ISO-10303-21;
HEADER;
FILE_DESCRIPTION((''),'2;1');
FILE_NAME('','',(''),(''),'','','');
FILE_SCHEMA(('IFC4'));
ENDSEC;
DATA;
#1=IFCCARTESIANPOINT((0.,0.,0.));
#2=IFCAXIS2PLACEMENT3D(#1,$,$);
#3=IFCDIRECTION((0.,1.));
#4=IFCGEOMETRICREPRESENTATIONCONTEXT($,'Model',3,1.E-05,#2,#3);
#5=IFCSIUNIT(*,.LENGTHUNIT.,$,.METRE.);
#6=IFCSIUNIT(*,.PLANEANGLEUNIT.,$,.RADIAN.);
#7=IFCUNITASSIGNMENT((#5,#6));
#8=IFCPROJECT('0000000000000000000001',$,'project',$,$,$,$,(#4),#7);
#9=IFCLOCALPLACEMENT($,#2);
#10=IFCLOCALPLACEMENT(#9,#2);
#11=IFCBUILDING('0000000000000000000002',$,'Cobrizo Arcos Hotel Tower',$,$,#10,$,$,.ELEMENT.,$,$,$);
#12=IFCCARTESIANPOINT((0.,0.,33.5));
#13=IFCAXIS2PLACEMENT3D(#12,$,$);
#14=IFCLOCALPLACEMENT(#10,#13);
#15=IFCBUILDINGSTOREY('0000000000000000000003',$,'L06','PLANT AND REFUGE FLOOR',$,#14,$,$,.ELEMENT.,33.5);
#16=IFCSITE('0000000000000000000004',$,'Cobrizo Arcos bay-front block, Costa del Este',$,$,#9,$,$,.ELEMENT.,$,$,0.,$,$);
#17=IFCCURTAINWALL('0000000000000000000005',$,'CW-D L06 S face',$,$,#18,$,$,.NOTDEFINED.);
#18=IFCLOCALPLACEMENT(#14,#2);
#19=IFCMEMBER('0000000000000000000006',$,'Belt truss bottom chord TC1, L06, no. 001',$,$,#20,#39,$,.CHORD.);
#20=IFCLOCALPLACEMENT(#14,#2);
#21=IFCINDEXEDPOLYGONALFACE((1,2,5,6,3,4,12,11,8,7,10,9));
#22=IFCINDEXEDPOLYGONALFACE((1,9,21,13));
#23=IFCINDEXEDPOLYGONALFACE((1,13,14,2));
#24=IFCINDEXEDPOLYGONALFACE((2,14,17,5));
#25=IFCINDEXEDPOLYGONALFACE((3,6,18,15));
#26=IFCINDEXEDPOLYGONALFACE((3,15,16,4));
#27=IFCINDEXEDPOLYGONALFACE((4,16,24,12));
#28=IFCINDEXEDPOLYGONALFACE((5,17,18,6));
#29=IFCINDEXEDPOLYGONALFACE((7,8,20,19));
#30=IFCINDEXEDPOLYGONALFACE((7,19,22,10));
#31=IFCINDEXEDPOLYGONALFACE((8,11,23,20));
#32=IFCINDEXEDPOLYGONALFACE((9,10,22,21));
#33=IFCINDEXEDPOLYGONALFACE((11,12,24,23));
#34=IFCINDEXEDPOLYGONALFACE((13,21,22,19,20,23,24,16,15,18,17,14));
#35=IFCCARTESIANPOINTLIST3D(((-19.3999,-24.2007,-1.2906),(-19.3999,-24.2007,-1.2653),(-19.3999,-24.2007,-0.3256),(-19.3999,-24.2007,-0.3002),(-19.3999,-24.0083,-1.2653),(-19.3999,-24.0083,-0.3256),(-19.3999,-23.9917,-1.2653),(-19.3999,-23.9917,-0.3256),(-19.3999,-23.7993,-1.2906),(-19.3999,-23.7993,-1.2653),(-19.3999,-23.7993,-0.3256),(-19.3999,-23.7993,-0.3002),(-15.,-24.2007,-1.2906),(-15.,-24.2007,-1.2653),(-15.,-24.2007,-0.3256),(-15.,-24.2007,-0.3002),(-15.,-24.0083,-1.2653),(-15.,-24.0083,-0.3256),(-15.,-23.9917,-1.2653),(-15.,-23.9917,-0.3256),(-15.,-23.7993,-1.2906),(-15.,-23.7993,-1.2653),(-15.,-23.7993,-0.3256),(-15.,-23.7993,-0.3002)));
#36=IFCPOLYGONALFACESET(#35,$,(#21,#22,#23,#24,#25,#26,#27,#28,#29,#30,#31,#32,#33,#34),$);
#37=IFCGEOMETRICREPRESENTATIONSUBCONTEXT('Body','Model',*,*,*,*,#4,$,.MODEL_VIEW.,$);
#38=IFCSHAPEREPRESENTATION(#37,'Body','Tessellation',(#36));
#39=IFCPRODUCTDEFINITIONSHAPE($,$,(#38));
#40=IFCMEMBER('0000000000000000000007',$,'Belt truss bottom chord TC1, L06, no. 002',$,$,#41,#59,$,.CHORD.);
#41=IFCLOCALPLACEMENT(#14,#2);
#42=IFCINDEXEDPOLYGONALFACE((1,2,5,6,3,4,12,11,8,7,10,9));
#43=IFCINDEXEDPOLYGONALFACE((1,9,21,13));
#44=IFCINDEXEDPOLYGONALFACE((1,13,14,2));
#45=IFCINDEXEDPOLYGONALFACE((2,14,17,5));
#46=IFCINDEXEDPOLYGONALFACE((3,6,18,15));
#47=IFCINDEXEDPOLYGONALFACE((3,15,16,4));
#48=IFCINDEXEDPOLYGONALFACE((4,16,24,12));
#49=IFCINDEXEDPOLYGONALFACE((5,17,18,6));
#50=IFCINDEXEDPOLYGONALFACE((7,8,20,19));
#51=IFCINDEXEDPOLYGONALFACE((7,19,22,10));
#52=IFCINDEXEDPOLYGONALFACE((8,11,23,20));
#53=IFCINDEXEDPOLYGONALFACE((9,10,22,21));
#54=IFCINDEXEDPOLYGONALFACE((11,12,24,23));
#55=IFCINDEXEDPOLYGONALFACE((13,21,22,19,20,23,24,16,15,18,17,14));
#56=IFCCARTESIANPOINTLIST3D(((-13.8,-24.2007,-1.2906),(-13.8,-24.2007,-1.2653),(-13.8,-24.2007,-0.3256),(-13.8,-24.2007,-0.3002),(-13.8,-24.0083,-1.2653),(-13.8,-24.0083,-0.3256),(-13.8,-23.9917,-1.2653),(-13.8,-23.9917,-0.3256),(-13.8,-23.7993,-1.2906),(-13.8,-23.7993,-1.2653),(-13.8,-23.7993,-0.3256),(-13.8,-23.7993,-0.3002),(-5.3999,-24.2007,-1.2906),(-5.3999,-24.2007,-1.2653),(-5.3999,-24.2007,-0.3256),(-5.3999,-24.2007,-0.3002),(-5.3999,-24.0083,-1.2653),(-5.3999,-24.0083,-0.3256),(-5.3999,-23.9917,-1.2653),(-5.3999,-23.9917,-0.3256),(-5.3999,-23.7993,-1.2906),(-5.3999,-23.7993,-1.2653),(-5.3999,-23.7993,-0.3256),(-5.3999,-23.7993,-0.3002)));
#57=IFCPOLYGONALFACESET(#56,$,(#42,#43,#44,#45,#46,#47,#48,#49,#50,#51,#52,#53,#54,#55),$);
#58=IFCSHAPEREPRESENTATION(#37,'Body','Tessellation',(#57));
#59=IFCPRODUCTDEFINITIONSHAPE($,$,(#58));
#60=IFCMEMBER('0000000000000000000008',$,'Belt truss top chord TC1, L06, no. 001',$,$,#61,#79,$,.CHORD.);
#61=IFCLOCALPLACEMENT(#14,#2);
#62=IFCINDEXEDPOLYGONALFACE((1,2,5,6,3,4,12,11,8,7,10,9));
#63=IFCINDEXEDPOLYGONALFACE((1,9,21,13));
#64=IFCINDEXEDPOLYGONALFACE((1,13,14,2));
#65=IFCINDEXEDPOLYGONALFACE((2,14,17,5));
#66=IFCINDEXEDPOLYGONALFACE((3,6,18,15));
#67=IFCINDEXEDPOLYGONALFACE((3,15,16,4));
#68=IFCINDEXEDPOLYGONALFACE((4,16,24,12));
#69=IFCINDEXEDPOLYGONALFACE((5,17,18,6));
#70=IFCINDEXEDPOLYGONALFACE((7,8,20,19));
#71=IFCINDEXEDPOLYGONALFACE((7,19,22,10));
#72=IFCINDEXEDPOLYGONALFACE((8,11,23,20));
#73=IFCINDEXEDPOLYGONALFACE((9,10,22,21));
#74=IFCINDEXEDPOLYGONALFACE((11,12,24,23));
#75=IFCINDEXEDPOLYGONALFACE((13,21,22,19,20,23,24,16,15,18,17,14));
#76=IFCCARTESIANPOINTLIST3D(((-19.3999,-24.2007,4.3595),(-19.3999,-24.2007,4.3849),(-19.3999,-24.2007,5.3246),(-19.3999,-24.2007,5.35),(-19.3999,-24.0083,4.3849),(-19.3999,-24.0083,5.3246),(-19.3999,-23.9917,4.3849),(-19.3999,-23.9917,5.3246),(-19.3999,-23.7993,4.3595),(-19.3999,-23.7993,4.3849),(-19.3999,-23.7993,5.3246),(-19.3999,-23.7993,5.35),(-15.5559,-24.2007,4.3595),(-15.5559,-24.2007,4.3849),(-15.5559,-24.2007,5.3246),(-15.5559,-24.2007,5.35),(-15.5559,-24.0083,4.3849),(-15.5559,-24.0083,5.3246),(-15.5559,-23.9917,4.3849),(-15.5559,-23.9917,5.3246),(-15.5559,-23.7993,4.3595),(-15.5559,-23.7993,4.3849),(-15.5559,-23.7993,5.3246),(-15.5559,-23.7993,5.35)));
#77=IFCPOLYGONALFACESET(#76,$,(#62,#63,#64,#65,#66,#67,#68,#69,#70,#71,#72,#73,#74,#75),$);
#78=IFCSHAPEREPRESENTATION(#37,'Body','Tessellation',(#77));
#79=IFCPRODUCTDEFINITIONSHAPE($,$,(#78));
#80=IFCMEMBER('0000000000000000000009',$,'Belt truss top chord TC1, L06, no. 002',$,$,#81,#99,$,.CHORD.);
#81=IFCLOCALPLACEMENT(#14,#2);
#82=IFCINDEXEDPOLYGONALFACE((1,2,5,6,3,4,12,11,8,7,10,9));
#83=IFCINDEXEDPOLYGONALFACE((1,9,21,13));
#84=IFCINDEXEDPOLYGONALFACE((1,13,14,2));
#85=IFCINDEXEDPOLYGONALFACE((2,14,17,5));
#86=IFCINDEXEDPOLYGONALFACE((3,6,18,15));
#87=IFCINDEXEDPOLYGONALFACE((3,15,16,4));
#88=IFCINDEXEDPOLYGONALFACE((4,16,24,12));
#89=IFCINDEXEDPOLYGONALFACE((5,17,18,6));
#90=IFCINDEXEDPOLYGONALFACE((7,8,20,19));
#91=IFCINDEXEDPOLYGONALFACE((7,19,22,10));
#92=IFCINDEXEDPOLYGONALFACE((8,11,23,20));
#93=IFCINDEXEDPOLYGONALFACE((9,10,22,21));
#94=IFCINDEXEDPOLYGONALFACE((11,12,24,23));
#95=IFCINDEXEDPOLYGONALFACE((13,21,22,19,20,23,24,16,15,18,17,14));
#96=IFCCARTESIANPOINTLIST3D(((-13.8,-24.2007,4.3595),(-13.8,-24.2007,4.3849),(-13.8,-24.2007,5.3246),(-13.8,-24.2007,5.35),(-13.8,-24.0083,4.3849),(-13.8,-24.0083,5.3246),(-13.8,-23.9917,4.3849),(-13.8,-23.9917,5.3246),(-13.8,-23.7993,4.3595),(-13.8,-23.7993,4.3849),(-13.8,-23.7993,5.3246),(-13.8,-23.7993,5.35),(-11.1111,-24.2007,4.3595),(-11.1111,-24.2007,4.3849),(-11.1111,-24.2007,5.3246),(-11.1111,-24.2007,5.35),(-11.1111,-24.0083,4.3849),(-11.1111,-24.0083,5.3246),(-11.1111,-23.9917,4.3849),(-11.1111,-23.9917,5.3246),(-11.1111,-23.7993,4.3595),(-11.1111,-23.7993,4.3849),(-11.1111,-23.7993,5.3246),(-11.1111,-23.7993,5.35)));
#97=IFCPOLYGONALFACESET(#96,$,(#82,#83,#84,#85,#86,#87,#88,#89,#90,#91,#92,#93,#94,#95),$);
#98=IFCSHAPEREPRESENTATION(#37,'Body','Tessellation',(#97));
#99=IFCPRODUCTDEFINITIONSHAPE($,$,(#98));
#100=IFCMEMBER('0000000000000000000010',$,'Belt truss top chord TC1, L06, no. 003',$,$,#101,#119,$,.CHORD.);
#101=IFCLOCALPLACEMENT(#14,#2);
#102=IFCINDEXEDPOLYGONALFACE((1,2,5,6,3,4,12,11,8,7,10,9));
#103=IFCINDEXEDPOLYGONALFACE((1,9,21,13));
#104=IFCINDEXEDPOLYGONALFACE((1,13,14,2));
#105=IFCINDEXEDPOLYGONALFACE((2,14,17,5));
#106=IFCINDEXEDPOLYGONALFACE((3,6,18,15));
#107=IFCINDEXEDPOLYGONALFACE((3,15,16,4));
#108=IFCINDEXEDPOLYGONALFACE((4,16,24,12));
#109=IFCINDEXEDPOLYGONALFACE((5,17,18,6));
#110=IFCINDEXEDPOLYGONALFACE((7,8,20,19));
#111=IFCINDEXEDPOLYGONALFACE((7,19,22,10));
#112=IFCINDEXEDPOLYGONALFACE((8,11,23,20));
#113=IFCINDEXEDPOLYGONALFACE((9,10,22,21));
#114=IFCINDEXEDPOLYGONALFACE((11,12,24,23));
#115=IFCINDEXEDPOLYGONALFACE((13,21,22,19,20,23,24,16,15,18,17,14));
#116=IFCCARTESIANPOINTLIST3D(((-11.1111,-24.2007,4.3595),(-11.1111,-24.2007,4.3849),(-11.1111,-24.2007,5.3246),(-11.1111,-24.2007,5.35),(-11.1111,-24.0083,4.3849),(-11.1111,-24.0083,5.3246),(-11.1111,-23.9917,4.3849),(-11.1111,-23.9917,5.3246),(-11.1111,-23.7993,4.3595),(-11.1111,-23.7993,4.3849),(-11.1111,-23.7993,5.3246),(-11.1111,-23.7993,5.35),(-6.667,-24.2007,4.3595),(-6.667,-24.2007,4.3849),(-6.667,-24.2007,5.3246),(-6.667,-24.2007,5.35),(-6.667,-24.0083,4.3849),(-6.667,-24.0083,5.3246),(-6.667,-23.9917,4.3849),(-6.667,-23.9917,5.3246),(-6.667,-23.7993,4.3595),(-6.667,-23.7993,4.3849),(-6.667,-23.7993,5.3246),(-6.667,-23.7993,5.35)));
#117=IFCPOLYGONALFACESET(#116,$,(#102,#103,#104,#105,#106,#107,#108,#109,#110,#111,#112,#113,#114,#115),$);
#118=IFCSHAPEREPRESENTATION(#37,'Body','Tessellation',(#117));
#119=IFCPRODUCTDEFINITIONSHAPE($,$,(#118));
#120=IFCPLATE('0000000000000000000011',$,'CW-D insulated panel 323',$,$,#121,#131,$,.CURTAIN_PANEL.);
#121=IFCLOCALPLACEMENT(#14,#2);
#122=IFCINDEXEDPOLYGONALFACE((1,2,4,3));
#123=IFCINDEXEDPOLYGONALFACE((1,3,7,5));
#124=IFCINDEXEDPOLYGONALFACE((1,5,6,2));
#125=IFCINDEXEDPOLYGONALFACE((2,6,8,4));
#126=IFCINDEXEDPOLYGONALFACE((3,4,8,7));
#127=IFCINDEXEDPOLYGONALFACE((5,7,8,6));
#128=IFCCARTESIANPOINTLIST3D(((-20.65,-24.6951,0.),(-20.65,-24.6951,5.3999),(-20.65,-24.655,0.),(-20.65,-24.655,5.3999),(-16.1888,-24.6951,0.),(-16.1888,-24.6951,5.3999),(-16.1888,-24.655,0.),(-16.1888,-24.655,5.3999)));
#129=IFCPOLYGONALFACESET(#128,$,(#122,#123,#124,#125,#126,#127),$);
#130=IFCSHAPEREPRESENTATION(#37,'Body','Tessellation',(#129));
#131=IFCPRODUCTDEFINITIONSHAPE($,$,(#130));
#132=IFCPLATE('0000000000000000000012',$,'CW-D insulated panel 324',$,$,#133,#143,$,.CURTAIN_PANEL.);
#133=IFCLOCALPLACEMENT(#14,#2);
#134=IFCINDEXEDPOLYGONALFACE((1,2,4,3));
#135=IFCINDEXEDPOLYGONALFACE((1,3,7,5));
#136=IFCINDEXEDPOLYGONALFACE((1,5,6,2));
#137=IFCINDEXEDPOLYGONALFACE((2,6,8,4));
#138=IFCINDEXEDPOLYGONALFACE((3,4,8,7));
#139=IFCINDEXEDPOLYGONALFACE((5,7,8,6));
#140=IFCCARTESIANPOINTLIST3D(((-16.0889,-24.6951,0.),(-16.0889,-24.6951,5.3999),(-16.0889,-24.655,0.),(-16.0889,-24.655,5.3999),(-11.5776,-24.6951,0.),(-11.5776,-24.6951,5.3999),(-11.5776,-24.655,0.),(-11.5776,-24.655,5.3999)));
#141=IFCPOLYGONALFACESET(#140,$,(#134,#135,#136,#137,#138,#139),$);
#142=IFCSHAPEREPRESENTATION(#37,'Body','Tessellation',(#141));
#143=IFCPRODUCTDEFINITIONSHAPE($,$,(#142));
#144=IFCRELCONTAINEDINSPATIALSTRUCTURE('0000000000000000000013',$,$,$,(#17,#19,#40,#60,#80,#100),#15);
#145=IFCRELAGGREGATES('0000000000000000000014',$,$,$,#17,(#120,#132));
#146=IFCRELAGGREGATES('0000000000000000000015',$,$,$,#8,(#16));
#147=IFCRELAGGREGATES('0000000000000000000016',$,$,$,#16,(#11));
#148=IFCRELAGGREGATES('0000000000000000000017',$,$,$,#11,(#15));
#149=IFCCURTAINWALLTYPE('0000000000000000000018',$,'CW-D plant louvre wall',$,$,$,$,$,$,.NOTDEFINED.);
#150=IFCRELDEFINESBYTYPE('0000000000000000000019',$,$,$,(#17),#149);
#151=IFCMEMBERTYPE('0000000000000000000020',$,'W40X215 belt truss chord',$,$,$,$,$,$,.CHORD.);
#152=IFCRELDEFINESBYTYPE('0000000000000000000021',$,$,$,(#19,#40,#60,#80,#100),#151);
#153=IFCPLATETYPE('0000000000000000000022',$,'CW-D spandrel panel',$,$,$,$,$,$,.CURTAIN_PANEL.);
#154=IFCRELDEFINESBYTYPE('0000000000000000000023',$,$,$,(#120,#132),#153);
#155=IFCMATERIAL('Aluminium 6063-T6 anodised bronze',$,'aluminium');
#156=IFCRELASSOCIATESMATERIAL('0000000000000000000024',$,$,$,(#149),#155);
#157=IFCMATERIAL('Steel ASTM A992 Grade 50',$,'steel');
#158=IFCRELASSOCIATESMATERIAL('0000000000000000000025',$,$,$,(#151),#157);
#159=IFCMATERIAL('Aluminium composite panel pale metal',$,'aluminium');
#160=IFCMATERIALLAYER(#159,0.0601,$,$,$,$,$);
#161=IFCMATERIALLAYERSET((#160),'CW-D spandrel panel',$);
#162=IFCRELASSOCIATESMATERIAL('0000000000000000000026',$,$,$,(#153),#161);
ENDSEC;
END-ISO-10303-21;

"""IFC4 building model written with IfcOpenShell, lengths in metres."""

from ifc_helpers import new_model, si_unit, direction, frame, origin, origin_2d, place, context, subcontext, project, spatial, rectangle, i_section, extrude, material, layer, layer_set, material_profile, profile_set, type_object, element, aggregate, save


model = new_model("IFC4")

# Units and contexts
model_context = context("Model", 3, precision=1e-05, world=origin(), true_north=direction((0.0, 1.0)))
body_context = subcontext(model_context, "Body", "Model", "MODEL_VIEW")
ifc_project = project(units=[si_unit("LENGTHUNIT", "METRE"), si_unit("PLANEANGLEUNIT", "RADIAN")], contexts=[model_context])

# Site, building, storey
site_placement = place(None, origin())
site = spatial("IfcSite", under=ifc_project, at=site_placement, Name="Cobrizo Arcos bay-front block, Costa del Este", CompositionType="ELEMENT", RefElevation=0.0)
building_placement = place(site_placement, origin())
building = spatial("IfcBuilding", under=site, at=building_placement, Name="Cobrizo Arcos Hotel Tower", CompositionType="ELEMENT")
storey_placement = place(building_placement, frame((0.0, 0.0, 33.5)))
storey = spatial("IfcBuildingStorey", under=building, at=storey_placement, Name="L06", Description="PLANT AND REFUGE FLOOR", CompositionType="ELEMENT", Elevation=33.5)

# Curtain wall
ifc_material_1 = material(Name="Aluminium 6063-T6 anodised bronze", Category="aluminium")
curtain_wall_type = type_object("IfcCurtainWallType", Name="CW-D plant louvre wall", PredefinedType="NOTDEFINED", material=ifc_material_1)
curtain_wall_placement = place(storey_placement, origin())
curtain_wall = element("IfcCurtainWall", 1, at=curtain_wall_placement, inside=storey, type_object=curtain_wall_type, Name="CW-D L06 S face", PredefinedType="NOTDEFINED")

# Shared definitions
ifc_material_2 = material(Name="Steel ASTM A992 Grade 50", Category="steel")

# Members
ifc_material_profile_1 = material_profile(ifc_material_2, i_section(OverallWidth=0.4014, OverallDepth=0.9905, WebThickness=0.0166, FlangeThickness=0.0254, at=origin_2d()), Name="W40X215")
ifc_profile_set_1 = profile_set([ifc_material_profile_1], Name="Steel ASTM A992 Grade 50")
member_type_1 = type_object("IfcMemberType", Name="W40X215 belt truss chord", PredefinedType="CHORD", material=ifc_profile_set_1)
member_1_placement = place(storey_placement, frame((-19.3999, -24.0, -0.7954), z_axis=(1.0, 0.0, 0.0), x_axis=(0.0, 1.0, 0.0)))
element("IfcMember", 2, at=member_1_placement, inside=storey, type_object=member_type_1, Name="Belt truss bottom chord TC1, L06, no. 001", PredefinedType="CHORD", context=body_context, shape_type="SweptSolid", body=[
    extrude(i_section(OverallWidth=0.4014, OverallDepth=0.9905, WebThickness=0.0166, FlangeThickness=0.0254, at=origin_2d()), origin(), (0.0, 0.0, 1.0), 4.3999),
])
member_2_placement = place(storey_placement, frame((-13.8, -24.0, -0.7954), z_axis=(1.0, 0.0, 0.0), x_axis=(0.0, 1.0, 0.0)))
element("IfcMember", 3, at=member_2_placement, inside=storey, type_object=member_type_1, Name="Belt truss bottom chord TC1, L06, no. 002", PredefinedType="CHORD", context=body_context, shape_type="SweptSolid", body=[
    extrude(i_section(OverallWidth=0.4014, OverallDepth=0.9905, WebThickness=0.0166, FlangeThickness=0.0254, at=origin_2d()), origin(), (0.0, 0.0, 1.0), 8.4001),
])
member_3_placement = place(storey_placement, frame((-19.3999, -24.0, 4.8547), z_axis=(1.0, 0.0, 0.0), x_axis=(0.0, 1.0, 0.0)))
element("IfcMember", 4, at=member_3_placement, inside=storey, type_object=member_type_1, Name="Belt truss top chord TC1, L06, no. 001", PredefinedType="CHORD", context=body_context, shape_type="SweptSolid", body=[
    extrude(i_section(OverallWidth=0.4014, OverallDepth=0.9905, WebThickness=0.0166, FlangeThickness=0.0254, at=origin_2d()), origin(), (0.0, 0.0, 1.0), 3.844),
])
member_4_placement = place(storey_placement, frame((-13.8, -24.0, 4.8547), z_axis=(1.0, 0.0, 0.0), x_axis=(0.0, 1.0, 0.0)))
element("IfcMember", 5, at=member_4_placement, inside=storey, type_object=member_type_1, Name="Belt truss top chord TC1, L06, no. 002", PredefinedType="CHORD", context=body_context, shape_type="SweptSolid", body=[
    extrude(i_section(OverallWidth=0.4014, OverallDepth=0.9905, WebThickness=0.0166, FlangeThickness=0.0254, at=origin_2d()), origin(), (0.0, 0.0, 1.0), 2.689),
])
member_5_placement = place(storey_placement, frame((-11.1111, -24.0, 4.8547), z_axis=(1.0, 0.0, 0.0), x_axis=(0.0, 1.0, 0.0)))
element("IfcMember", 6, at=member_5_placement, inside=storey, type_object=member_type_1, Name="Belt truss top chord TC1, L06, no. 003", PredefinedType="CHORD", context=body_context, shape_type="SweptSolid", body=[
    extrude(i_section(OverallWidth=0.4014, OverallDepth=0.9905, WebThickness=0.0166, FlangeThickness=0.0254, at=origin_2d()), origin(), (0.0, 0.0, 1.0), 4.4441),
])

# Plates
ifc_material_3 = material(Name="Aluminium composite panel pale metal", Category="aluminium")
ifc_layer_1 = layer(ifc_material_3, 0.0601)
ifc_layer_set_1 = layer_set([ifc_layer_1], Name="CW-D spandrel panel")
plate_type = type_object("IfcPlateType", Name="CW-D spandrel panel", PredefinedType="CURTAIN_PANEL", material=ifc_layer_set_1)
plate_1_placement = place(storey_placement, frame((-18.4194, -24.675, 0.0), z_axis=(0.0, 0.0, 1.0), x_axis=(1.0, 0.0, 0.0)))
plate_1 = element("IfcPlate", 7, at=plate_1_placement, type_object=plate_type, Name="CW-D insulated panel 323", PredefinedType="CURTAIN_PANEL", context=body_context, shape_type="SweptSolid", body=[
    extrude(rectangle(XDim=4.4612, YDim=0.04, at=origin_2d()), origin(), (0.0, 0.0, 1.0), 5.3999),
])
plate_2_placement = place(storey_placement, frame((-13.8333, -24.675, 0.0), z_axis=(0.0, 0.0, 1.0), x_axis=(1.0, 0.0, 0.0)))
plate_2 = element("IfcPlate", 8, at=plate_2_placement, type_object=plate_type, Name="CW-D insulated panel 324", PredefinedType="CURTAIN_PANEL", context=body_context, shape_type="SweptSolid", body=[
    extrude(rectangle(XDim=4.5112, YDim=0.04, at=origin_2d()), origin(), (0.0, 0.0, 1.0), 5.3999),
])
aggregate(curtain_wall, [plate_1, plate_2])

save(model, "model.ifc")
